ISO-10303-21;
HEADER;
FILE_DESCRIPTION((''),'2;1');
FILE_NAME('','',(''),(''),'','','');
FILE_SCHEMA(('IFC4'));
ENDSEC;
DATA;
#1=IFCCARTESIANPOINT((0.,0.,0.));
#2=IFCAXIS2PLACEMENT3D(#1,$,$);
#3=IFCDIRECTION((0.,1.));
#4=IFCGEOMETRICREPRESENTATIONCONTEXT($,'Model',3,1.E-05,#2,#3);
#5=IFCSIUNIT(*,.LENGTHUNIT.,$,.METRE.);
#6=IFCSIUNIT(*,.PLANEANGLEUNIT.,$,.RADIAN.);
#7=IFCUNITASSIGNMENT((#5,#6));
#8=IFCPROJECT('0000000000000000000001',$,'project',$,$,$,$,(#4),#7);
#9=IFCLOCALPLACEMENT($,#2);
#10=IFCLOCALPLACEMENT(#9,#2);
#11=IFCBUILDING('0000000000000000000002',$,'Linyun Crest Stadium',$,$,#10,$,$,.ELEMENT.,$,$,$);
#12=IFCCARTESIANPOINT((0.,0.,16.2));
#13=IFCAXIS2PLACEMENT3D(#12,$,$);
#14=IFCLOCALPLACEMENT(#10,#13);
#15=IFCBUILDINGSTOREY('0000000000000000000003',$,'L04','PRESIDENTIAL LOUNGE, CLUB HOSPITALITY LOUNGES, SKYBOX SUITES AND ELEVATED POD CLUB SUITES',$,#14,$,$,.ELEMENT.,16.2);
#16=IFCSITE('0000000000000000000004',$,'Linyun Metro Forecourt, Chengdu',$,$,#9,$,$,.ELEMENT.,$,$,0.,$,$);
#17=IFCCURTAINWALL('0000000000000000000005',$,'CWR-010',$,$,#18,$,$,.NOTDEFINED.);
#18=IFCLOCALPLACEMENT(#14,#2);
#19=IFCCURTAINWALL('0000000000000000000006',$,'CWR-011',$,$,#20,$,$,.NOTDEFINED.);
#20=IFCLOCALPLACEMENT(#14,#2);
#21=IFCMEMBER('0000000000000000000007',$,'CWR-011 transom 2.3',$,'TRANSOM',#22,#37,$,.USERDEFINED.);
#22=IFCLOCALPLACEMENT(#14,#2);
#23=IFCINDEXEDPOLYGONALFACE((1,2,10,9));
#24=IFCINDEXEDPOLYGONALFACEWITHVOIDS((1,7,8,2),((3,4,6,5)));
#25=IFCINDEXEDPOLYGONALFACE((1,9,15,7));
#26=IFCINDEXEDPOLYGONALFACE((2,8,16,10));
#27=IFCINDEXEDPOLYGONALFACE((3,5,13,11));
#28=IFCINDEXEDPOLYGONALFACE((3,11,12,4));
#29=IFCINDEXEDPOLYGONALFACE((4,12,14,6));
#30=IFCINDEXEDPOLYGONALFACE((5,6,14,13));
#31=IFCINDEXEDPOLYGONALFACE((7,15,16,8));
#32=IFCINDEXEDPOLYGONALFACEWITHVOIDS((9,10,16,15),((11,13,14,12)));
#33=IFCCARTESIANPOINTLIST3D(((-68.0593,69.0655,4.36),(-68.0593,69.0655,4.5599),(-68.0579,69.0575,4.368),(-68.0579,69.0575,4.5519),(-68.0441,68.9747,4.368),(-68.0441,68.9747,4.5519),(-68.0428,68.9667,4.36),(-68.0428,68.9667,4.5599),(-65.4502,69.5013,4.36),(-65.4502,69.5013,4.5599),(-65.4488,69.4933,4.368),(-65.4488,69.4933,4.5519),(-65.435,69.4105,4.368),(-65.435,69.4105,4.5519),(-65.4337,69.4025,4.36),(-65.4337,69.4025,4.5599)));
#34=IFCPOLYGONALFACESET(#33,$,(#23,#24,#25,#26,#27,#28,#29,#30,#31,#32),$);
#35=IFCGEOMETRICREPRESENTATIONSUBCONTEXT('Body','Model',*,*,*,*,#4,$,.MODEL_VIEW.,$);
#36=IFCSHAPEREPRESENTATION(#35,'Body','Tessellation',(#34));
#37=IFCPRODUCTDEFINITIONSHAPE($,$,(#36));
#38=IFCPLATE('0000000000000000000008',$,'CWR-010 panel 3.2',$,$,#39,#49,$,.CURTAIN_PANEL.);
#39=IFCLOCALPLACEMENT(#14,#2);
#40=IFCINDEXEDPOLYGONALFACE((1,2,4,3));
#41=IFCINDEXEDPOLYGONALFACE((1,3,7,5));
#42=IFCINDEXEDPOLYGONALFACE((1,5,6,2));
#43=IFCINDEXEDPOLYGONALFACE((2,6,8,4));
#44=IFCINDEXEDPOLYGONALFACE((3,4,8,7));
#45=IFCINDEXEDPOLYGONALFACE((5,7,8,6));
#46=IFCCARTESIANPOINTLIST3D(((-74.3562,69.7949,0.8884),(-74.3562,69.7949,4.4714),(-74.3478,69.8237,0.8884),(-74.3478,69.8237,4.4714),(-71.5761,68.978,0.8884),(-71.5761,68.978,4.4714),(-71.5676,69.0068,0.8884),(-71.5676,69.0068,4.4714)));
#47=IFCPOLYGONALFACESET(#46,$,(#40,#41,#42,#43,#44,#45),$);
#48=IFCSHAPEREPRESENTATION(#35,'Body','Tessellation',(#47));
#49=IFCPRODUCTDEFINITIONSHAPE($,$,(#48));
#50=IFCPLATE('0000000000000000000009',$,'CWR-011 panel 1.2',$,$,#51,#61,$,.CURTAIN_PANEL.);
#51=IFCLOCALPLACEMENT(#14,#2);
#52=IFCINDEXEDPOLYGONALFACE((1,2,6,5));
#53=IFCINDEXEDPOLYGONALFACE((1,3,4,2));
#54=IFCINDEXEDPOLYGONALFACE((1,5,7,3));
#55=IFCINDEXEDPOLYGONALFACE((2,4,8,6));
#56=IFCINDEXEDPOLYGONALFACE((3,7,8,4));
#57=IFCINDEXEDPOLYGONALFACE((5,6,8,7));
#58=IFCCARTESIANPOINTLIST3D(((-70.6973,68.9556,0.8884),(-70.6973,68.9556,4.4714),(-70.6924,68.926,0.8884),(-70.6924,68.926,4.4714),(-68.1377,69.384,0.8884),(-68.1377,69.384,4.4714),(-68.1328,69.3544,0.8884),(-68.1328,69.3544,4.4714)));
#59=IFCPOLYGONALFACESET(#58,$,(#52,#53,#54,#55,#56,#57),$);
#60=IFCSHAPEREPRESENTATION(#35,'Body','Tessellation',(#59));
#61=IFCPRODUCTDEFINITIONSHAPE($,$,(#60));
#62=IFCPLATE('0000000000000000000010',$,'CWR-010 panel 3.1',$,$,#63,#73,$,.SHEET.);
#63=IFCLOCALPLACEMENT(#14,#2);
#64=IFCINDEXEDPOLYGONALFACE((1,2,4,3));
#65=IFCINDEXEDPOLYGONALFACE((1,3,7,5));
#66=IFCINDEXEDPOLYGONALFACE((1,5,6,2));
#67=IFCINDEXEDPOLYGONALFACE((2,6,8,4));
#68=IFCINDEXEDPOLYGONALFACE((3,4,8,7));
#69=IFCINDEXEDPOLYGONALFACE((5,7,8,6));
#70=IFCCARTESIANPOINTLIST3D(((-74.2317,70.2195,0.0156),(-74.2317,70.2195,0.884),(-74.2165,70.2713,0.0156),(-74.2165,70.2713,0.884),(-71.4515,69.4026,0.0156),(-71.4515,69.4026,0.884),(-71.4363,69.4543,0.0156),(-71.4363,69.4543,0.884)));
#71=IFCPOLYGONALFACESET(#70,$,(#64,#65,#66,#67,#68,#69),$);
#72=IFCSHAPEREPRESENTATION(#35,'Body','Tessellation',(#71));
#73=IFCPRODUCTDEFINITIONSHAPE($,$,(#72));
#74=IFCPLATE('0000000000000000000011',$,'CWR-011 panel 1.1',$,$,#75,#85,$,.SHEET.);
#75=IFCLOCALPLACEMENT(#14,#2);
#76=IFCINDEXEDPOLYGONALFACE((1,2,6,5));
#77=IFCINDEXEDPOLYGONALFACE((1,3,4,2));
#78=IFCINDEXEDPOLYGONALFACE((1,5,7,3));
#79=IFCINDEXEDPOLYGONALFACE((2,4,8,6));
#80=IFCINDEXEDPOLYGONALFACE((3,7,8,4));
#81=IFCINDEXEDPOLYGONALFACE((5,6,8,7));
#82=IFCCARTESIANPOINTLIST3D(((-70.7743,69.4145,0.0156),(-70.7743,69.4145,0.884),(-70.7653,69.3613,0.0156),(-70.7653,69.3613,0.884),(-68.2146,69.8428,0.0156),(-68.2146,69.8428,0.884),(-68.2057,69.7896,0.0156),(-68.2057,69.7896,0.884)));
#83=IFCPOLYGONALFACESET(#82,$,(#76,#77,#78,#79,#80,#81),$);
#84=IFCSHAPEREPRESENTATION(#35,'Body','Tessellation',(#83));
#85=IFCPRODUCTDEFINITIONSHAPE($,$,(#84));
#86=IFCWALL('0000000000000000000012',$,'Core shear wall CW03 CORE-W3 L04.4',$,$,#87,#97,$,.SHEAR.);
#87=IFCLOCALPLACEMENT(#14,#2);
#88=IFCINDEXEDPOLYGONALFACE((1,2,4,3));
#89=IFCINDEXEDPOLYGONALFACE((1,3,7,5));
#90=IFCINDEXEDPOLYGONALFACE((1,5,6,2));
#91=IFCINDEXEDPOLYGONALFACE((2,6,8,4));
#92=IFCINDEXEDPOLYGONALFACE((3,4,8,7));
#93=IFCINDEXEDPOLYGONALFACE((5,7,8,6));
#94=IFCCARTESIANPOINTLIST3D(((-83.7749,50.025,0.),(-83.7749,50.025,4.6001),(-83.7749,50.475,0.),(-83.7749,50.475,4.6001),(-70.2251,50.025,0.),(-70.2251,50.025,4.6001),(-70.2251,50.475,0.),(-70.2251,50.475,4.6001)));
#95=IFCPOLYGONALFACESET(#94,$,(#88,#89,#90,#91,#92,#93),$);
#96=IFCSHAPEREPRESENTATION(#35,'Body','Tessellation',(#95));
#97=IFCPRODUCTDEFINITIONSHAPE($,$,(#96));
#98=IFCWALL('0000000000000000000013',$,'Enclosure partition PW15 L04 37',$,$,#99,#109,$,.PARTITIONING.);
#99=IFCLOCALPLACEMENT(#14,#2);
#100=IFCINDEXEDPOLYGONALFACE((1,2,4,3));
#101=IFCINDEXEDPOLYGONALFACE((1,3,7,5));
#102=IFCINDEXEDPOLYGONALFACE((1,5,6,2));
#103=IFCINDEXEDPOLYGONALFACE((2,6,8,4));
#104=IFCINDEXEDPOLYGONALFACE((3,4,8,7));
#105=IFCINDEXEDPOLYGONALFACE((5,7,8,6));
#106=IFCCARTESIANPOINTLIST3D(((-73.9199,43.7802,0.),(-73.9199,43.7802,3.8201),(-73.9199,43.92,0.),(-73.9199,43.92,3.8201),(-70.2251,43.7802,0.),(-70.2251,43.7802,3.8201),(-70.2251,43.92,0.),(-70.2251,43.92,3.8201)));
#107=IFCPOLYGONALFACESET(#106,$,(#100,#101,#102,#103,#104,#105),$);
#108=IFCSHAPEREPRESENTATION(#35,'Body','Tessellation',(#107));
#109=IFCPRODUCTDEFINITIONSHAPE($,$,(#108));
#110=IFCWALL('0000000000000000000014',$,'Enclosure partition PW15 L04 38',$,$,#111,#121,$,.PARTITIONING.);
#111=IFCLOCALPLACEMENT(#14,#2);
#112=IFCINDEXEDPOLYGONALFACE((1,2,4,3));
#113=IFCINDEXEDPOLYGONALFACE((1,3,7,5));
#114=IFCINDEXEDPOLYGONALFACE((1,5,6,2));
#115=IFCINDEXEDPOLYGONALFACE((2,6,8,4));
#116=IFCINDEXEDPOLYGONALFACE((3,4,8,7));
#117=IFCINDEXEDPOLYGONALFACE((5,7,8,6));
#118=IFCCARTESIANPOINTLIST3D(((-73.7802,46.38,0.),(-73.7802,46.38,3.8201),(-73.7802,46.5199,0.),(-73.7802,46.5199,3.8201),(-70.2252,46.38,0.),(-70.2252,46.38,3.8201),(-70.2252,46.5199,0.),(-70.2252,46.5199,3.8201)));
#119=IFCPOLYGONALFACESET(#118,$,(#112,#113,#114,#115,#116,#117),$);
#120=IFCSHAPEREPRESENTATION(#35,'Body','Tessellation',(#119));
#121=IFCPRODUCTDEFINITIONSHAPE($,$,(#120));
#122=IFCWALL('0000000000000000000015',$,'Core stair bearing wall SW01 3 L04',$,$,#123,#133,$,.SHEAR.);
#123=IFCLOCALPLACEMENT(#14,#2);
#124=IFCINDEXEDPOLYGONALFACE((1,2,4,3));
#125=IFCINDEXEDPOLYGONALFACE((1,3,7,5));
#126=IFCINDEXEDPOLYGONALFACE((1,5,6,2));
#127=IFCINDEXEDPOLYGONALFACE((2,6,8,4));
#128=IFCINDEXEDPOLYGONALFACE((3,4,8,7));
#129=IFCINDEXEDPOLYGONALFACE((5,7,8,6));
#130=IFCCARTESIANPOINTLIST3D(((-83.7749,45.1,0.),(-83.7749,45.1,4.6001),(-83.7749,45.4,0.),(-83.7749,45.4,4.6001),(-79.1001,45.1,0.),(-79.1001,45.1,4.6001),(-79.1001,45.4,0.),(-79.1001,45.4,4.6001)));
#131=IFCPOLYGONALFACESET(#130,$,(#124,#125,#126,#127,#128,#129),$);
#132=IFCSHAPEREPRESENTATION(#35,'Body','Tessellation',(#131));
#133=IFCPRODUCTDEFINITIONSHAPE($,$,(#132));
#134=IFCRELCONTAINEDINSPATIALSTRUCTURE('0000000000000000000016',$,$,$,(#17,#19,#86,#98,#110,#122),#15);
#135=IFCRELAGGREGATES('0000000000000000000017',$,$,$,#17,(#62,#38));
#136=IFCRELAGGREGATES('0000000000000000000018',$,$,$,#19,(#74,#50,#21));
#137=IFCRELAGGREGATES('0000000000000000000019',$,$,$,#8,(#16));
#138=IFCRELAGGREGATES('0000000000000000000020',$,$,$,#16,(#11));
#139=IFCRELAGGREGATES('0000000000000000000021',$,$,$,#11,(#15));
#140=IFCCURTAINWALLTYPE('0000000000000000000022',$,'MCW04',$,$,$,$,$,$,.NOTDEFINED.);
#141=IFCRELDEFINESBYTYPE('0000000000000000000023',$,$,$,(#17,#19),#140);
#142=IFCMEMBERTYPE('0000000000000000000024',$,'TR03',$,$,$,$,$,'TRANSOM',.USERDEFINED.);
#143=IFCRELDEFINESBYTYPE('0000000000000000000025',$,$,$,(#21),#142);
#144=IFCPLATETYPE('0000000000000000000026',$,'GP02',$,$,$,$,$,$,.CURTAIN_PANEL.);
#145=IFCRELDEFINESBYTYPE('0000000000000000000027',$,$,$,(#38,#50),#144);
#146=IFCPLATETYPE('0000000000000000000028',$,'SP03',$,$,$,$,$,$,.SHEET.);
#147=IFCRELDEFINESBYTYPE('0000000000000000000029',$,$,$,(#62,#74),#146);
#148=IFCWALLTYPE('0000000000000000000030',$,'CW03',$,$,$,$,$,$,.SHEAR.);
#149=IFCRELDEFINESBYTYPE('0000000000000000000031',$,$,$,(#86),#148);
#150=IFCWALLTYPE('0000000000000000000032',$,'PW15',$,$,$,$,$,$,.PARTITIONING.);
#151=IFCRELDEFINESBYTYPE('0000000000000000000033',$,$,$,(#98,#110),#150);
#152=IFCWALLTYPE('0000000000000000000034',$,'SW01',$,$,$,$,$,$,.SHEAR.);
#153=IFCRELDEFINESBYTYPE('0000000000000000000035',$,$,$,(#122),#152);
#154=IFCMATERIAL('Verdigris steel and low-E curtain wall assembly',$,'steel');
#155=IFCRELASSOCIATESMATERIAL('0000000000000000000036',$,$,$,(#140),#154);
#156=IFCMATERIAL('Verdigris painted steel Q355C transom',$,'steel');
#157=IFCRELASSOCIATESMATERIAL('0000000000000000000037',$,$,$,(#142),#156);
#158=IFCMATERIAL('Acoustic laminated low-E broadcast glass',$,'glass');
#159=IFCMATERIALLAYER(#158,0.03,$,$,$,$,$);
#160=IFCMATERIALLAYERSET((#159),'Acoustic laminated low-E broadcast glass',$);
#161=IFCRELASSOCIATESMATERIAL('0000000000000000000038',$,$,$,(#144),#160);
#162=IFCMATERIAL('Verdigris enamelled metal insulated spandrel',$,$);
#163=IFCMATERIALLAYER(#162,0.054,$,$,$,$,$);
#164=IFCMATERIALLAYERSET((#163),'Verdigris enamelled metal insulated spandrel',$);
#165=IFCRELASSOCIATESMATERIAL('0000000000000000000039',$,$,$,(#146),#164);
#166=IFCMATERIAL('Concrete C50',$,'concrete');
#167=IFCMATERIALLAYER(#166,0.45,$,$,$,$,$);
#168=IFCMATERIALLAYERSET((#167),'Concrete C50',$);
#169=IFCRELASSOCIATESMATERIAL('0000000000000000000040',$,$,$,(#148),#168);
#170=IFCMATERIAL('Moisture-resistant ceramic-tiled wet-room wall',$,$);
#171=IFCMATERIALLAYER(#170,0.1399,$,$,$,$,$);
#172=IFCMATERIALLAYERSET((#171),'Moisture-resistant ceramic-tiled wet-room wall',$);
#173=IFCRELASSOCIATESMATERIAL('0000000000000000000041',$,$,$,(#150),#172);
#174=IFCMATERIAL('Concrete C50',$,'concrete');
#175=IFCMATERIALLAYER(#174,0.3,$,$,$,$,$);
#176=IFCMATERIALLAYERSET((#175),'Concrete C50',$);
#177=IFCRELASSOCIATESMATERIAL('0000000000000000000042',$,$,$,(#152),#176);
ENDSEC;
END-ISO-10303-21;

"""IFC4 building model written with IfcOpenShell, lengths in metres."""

from ifc_helpers import new_model, si_unit, direction, frame, frame_2d, origin, origin_2d, place, context, subcontext, project, spatial, rectangle, hollow_rectangle, extrude, material, layer, layer_set, material_profile, profile_set, type_object, element, aggregate, save


model = new_model("IFC4")

# Units and contexts
model_context = context("Model", 3, precision=1e-05, world=origin(), true_north=direction((0.0, 1.0)))
body_context = subcontext(model_context, "Body", "Model", "MODEL_VIEW")
ifc_project = project(units=[si_unit("LENGTHUNIT", "METRE"), si_unit("PLANEANGLEUNIT", "RADIAN")], contexts=[model_context])

# Site, building, storey
site_placement = place(None, origin())
site = spatial("IfcSite", under=ifc_project, at=site_placement, Name="Linyun Metro Forecourt, Chengdu", CompositionType="ELEMENT", RefElevation=0.0)
building_placement = place(site_placement, origin())
building = spatial("IfcBuilding", under=site, at=building_placement, Name="Linyun Crest Stadium", CompositionType="ELEMENT")
storey_placement = place(building_placement, frame((0.0, 0.0, 16.2)))
storey = spatial("IfcBuildingStorey", under=building, at=storey_placement, Name="L04", Description="PRESIDENTIAL LOUNGE, CLUB HOSPITALITY LOUNGES, SKYBOX SUITES AND ELEVATED POD CLUB SUITES", CompositionType="ELEMENT", Elevation=16.2)

# Curtain wall
ifc_material_1 = material(Name="Verdigris steel and low-E curtain wall assembly", Category="steel")
curtain_wall_type = type_object("IfcCurtainWallType", Name="MCW04", PredefinedType="NOTDEFINED", material=ifc_material_1)
curtain_wall_1_placement = place(storey_placement, origin())
curtain_wall_1 = element("IfcCurtainWall", 1, at=curtain_wall_1_placement, inside=storey, type_object=curtain_wall_type, Name="CWR-010", PredefinedType="NOTDEFINED")

# Curtain wall
curtain_wall_2_placement = place(storey_placement, origin())
curtain_wall_2 = element("IfcCurtainWall", 2, at=curtain_wall_2_placement, inside=storey, type_object=curtain_wall_type, Name="CWR-011", PredefinedType="NOTDEFINED")

# Member
ifc_material_2 = material(Name="Verdigris painted steel Q355C transom", Category="steel")
ifc_material_profile_1 = material_profile(ifc_material_2, hollow_rectangle(XDim=0.1001, YDim=0.2, WallThickness=0.0081, at=origin_2d()), Name="RHS 200x100x8")
ifc_profile_set_1 = profile_set([ifc_material_profile_1], Name="Verdigris painted steel Q355C transom")
member_type_1 = type_object("IfcMemberType", Name="TR03", ElementType="TRANSOM", PredefinedType="USERDEFINED", material=ifc_profile_set_1)
member_1_placement = place(storey_placement, frame((-68.051, 69.0161, 4.46), z_axis=(0.986336, 0.164743, 0.0), x_axis=(-0.164743, 0.986336, 0.0)))
member_1 = element("IfcMember", 3, at=member_1_placement, type_object=member_type_1, Name="CWR-011 transom 2.3", ObjectType="TRANSOM", PredefinedType="USERDEFINED", context=body_context, shape_type="SweptSolid", body=[
    extrude(hollow_rectangle(XDim=0.1001, YDim=0.2, WallThickness=0.0081, at=origin_2d()), origin(), (0.0, 0.0, 1.0), 2.6453),
])

# Plates
ifc_material_3 = material(Name="Acoustic laminated low-E broadcast glass", Category="glass")
ifc_layer_1 = layer(ifc_material_3, 0.03)
ifc_layer_set_1 = layer_set([ifc_layer_1], Name="Acoustic laminated low-E broadcast glass")
plate_type_1 = type_object("IfcPlateType", Name="GP02", PredefinedType="CURTAIN_PANEL", material=ifc_layer_set_1)
plate_1_placement = place(storey_placement, frame((-72.9619, 69.4009, 0.8884), z_axis=(0.0, 0.0, 1.0), x_axis=(0.959437, -0.281923, 0.0)))
plate_1 = element("IfcPlate", 4, at=plate_1_placement, type_object=plate_type_1, Name="CWR-010 panel 3.2", PredefinedType="CURTAIN_PANEL", context=body_context, shape_type="SweptSolid", body=[
    extrude(rectangle(XDim=2.8977, YDim=0.03, at=origin_2d()), origin(), (0.0, 0.0, 1.0), 3.583),
])
plate_2_placement = place(storey_placement, frame((-69.415, 69.155, 0.8884), z_axis=(0.0, 0.0, 1.0), x_axis=(0.986283, 0.165065, 0.0)))
plate_2 = element("IfcPlate", 5, at=plate_2_placement, type_object=plate_type_1, Name="CWR-011 panel 1.2", PredefinedType="CURTAIN_PANEL", context=body_context, shape_type="SweptSolid", body=[
    extrude(rectangle(XDim=2.5952, YDim=0.03, at=origin_2d()), origin(), (0.0, 0.0, 1.0), 3.583),
])
ifc_material_4 = material(Name="Verdigris enamelled metal insulated spandrel")
ifc_layer_2 = layer(ifc_material_4, 0.054)
ifc_layer_set_2 = layer_set([ifc_layer_2], Name="Verdigris enamelled metal insulated spandrel")
plate_type_2 = type_object("IfcPlateType", Name="SP03", PredefinedType="SHEET", material=ifc_layer_set_2)
plate_3_placement = place(storey_placement, frame((-72.834, 69.8369, 0.0156), z_axis=(0.0, 0.0, 1.0), x_axis=(0.959437, -0.281923, 0.0)))
plate_3 = element("IfcPlate", 6, at=plate_3_placement, type_object=plate_type_2, Name="CWR-010 panel 3.1", PredefinedType="SHEET", context=body_context, shape_type="SweptSolid", body=[
    extrude(rectangle(XDim=2.8977, YDim=0.054, at=origin_2d()), origin(), (0.0, 0.0, 1.0), 0.8684),
])
aggregate(curtain_wall_1, [plate_3, plate_1])
plate_4_placement = place(storey_placement, frame((-69.49, 69.6021, 0.0156), z_axis=(0.0, 0.0, 1.0), x_axis=(0.986283, 0.165065, 0.0)))
plate_4 = element("IfcPlate", 7, at=plate_4_placement, type_object=plate_type_2, Name="CWR-011 panel 1.1", PredefinedType="SHEET", context=body_context, shape_type="SweptSolid", body=[
    extrude(rectangle(XDim=2.5952, YDim=0.054, at=origin_2d()), origin(), (0.0, 0.0, 1.0), 0.8684),
])
aggregate(curtain_wall_2, [plate_4, plate_2, member_1])

# Wall
ifc_material_5 = material(Name="Concrete C50", Category="concrete")
ifc_layer_3 = layer(ifc_material_5, 0.45)
ifc_layer_set_3 = layer_set([ifc_layer_3], Name="Concrete C50")
wall_type_1 = type_object("IfcWallType", Name="CW03", PredefinedType="SHEAR", material=ifc_layer_set_3)
wall_1_placement = place(storey_placement, frame((-83.7749, 50.25, 0.0), z_axis=(0.0, 0.0, 1.0), x_axis=(1.0, 0.0, 0.0)))
element("IfcWall", 8, at=wall_1_placement, inside=storey, type_object=wall_type_1, Name="Core shear wall CW03 CORE-W3 L04.4", PredefinedType="SHEAR", context=body_context, shape_type="SweptSolid", body=[
    extrude(rectangle(XDim=13.5498, YDim=0.45, at=frame_2d((6.7749, 0.0))), origin(), (0.0, 0.0, 1.0), 4.6001),
])

# Shared definitions
ifc_material_6 = material(Name="Moisture-resistant ceramic-tiled wet-room wall")
ifc_layer_4 = layer(ifc_material_6, 0.1399)
ifc_layer_set_4 = layer_set([ifc_layer_4], Name="Moisture-resistant ceramic-tiled wet-room wall")
wall_type_2 = type_object("IfcWallType", Name="PW15", PredefinedType="PARTITIONING", material=ifc_layer_set_4)

# Walls
wall_2_placement = place(storey_placement, frame((-73.9199, 43.8501, 0.0), z_axis=(0.0, 0.0, 1.0), x_axis=(1.0, 0.0, 0.0)))
element("IfcWall", 9, at=wall_2_placement, inside=storey, type_object=wall_type_2, Name="Enclosure partition PW15 L04 37", PredefinedType="PARTITIONING", context=body_context, shape_type="SweptSolid", body=[
    extrude(rectangle(XDim=3.6948, YDim=0.1399, at=frame_2d((1.8474, 0.0))), origin(), (0.0, 0.0, 1.0), 3.8201),
])
wall_3_placement = place(storey_placement, frame((-73.78, 46.45, 0.0), z_axis=(0.0, 0.0, 1.0), x_axis=(1.0, 0.0, 0.0)))
element("IfcWall", 10, at=wall_3_placement, inside=storey, type_object=wall_type_2, Name="Enclosure partition PW15 L04 38", PredefinedType="PARTITIONING", context=body_context, shape_type="SweptSolid", body=[
    extrude(rectangle(XDim=3.5549, YDim=0.1399, at=frame_2d((1.7773, 0.0))), origin(), (0.0, 0.0, 1.0), 3.8201),
])
ifc_material_7 = material(Name="Concrete C50", Category="concrete")
ifc_layer_5 = layer(ifc_material_7, 0.3)
ifc_layer_set_5 = layer_set([ifc_layer_5], Name="Concrete C50")
wall_type_3 = type_object("IfcWallType", Name="SW01", PredefinedType="SHEAR", material=ifc_layer_set_5)
wall_4_placement = place(storey_placement, frame((-83.7749, 45.25, 0.0), z_axis=(0.0, 0.0, 1.0), x_axis=(1.0, 0.0, 0.0)))
element("IfcWall", 11, at=wall_4_placement, inside=storey, type_object=wall_type_3, Name="Core stair bearing wall SW01 3 L04", PredefinedType="SHEAR", context=body_context, shape_type="SweptSolid", body=[
    extrude(rectangle(XDim=4.6748, YDim=0.3, at=frame_2d((2.3374, 0.0))), origin(), (0.0, 0.0, 1.0), 4.6001),
])

save(model, "model.ifc")
